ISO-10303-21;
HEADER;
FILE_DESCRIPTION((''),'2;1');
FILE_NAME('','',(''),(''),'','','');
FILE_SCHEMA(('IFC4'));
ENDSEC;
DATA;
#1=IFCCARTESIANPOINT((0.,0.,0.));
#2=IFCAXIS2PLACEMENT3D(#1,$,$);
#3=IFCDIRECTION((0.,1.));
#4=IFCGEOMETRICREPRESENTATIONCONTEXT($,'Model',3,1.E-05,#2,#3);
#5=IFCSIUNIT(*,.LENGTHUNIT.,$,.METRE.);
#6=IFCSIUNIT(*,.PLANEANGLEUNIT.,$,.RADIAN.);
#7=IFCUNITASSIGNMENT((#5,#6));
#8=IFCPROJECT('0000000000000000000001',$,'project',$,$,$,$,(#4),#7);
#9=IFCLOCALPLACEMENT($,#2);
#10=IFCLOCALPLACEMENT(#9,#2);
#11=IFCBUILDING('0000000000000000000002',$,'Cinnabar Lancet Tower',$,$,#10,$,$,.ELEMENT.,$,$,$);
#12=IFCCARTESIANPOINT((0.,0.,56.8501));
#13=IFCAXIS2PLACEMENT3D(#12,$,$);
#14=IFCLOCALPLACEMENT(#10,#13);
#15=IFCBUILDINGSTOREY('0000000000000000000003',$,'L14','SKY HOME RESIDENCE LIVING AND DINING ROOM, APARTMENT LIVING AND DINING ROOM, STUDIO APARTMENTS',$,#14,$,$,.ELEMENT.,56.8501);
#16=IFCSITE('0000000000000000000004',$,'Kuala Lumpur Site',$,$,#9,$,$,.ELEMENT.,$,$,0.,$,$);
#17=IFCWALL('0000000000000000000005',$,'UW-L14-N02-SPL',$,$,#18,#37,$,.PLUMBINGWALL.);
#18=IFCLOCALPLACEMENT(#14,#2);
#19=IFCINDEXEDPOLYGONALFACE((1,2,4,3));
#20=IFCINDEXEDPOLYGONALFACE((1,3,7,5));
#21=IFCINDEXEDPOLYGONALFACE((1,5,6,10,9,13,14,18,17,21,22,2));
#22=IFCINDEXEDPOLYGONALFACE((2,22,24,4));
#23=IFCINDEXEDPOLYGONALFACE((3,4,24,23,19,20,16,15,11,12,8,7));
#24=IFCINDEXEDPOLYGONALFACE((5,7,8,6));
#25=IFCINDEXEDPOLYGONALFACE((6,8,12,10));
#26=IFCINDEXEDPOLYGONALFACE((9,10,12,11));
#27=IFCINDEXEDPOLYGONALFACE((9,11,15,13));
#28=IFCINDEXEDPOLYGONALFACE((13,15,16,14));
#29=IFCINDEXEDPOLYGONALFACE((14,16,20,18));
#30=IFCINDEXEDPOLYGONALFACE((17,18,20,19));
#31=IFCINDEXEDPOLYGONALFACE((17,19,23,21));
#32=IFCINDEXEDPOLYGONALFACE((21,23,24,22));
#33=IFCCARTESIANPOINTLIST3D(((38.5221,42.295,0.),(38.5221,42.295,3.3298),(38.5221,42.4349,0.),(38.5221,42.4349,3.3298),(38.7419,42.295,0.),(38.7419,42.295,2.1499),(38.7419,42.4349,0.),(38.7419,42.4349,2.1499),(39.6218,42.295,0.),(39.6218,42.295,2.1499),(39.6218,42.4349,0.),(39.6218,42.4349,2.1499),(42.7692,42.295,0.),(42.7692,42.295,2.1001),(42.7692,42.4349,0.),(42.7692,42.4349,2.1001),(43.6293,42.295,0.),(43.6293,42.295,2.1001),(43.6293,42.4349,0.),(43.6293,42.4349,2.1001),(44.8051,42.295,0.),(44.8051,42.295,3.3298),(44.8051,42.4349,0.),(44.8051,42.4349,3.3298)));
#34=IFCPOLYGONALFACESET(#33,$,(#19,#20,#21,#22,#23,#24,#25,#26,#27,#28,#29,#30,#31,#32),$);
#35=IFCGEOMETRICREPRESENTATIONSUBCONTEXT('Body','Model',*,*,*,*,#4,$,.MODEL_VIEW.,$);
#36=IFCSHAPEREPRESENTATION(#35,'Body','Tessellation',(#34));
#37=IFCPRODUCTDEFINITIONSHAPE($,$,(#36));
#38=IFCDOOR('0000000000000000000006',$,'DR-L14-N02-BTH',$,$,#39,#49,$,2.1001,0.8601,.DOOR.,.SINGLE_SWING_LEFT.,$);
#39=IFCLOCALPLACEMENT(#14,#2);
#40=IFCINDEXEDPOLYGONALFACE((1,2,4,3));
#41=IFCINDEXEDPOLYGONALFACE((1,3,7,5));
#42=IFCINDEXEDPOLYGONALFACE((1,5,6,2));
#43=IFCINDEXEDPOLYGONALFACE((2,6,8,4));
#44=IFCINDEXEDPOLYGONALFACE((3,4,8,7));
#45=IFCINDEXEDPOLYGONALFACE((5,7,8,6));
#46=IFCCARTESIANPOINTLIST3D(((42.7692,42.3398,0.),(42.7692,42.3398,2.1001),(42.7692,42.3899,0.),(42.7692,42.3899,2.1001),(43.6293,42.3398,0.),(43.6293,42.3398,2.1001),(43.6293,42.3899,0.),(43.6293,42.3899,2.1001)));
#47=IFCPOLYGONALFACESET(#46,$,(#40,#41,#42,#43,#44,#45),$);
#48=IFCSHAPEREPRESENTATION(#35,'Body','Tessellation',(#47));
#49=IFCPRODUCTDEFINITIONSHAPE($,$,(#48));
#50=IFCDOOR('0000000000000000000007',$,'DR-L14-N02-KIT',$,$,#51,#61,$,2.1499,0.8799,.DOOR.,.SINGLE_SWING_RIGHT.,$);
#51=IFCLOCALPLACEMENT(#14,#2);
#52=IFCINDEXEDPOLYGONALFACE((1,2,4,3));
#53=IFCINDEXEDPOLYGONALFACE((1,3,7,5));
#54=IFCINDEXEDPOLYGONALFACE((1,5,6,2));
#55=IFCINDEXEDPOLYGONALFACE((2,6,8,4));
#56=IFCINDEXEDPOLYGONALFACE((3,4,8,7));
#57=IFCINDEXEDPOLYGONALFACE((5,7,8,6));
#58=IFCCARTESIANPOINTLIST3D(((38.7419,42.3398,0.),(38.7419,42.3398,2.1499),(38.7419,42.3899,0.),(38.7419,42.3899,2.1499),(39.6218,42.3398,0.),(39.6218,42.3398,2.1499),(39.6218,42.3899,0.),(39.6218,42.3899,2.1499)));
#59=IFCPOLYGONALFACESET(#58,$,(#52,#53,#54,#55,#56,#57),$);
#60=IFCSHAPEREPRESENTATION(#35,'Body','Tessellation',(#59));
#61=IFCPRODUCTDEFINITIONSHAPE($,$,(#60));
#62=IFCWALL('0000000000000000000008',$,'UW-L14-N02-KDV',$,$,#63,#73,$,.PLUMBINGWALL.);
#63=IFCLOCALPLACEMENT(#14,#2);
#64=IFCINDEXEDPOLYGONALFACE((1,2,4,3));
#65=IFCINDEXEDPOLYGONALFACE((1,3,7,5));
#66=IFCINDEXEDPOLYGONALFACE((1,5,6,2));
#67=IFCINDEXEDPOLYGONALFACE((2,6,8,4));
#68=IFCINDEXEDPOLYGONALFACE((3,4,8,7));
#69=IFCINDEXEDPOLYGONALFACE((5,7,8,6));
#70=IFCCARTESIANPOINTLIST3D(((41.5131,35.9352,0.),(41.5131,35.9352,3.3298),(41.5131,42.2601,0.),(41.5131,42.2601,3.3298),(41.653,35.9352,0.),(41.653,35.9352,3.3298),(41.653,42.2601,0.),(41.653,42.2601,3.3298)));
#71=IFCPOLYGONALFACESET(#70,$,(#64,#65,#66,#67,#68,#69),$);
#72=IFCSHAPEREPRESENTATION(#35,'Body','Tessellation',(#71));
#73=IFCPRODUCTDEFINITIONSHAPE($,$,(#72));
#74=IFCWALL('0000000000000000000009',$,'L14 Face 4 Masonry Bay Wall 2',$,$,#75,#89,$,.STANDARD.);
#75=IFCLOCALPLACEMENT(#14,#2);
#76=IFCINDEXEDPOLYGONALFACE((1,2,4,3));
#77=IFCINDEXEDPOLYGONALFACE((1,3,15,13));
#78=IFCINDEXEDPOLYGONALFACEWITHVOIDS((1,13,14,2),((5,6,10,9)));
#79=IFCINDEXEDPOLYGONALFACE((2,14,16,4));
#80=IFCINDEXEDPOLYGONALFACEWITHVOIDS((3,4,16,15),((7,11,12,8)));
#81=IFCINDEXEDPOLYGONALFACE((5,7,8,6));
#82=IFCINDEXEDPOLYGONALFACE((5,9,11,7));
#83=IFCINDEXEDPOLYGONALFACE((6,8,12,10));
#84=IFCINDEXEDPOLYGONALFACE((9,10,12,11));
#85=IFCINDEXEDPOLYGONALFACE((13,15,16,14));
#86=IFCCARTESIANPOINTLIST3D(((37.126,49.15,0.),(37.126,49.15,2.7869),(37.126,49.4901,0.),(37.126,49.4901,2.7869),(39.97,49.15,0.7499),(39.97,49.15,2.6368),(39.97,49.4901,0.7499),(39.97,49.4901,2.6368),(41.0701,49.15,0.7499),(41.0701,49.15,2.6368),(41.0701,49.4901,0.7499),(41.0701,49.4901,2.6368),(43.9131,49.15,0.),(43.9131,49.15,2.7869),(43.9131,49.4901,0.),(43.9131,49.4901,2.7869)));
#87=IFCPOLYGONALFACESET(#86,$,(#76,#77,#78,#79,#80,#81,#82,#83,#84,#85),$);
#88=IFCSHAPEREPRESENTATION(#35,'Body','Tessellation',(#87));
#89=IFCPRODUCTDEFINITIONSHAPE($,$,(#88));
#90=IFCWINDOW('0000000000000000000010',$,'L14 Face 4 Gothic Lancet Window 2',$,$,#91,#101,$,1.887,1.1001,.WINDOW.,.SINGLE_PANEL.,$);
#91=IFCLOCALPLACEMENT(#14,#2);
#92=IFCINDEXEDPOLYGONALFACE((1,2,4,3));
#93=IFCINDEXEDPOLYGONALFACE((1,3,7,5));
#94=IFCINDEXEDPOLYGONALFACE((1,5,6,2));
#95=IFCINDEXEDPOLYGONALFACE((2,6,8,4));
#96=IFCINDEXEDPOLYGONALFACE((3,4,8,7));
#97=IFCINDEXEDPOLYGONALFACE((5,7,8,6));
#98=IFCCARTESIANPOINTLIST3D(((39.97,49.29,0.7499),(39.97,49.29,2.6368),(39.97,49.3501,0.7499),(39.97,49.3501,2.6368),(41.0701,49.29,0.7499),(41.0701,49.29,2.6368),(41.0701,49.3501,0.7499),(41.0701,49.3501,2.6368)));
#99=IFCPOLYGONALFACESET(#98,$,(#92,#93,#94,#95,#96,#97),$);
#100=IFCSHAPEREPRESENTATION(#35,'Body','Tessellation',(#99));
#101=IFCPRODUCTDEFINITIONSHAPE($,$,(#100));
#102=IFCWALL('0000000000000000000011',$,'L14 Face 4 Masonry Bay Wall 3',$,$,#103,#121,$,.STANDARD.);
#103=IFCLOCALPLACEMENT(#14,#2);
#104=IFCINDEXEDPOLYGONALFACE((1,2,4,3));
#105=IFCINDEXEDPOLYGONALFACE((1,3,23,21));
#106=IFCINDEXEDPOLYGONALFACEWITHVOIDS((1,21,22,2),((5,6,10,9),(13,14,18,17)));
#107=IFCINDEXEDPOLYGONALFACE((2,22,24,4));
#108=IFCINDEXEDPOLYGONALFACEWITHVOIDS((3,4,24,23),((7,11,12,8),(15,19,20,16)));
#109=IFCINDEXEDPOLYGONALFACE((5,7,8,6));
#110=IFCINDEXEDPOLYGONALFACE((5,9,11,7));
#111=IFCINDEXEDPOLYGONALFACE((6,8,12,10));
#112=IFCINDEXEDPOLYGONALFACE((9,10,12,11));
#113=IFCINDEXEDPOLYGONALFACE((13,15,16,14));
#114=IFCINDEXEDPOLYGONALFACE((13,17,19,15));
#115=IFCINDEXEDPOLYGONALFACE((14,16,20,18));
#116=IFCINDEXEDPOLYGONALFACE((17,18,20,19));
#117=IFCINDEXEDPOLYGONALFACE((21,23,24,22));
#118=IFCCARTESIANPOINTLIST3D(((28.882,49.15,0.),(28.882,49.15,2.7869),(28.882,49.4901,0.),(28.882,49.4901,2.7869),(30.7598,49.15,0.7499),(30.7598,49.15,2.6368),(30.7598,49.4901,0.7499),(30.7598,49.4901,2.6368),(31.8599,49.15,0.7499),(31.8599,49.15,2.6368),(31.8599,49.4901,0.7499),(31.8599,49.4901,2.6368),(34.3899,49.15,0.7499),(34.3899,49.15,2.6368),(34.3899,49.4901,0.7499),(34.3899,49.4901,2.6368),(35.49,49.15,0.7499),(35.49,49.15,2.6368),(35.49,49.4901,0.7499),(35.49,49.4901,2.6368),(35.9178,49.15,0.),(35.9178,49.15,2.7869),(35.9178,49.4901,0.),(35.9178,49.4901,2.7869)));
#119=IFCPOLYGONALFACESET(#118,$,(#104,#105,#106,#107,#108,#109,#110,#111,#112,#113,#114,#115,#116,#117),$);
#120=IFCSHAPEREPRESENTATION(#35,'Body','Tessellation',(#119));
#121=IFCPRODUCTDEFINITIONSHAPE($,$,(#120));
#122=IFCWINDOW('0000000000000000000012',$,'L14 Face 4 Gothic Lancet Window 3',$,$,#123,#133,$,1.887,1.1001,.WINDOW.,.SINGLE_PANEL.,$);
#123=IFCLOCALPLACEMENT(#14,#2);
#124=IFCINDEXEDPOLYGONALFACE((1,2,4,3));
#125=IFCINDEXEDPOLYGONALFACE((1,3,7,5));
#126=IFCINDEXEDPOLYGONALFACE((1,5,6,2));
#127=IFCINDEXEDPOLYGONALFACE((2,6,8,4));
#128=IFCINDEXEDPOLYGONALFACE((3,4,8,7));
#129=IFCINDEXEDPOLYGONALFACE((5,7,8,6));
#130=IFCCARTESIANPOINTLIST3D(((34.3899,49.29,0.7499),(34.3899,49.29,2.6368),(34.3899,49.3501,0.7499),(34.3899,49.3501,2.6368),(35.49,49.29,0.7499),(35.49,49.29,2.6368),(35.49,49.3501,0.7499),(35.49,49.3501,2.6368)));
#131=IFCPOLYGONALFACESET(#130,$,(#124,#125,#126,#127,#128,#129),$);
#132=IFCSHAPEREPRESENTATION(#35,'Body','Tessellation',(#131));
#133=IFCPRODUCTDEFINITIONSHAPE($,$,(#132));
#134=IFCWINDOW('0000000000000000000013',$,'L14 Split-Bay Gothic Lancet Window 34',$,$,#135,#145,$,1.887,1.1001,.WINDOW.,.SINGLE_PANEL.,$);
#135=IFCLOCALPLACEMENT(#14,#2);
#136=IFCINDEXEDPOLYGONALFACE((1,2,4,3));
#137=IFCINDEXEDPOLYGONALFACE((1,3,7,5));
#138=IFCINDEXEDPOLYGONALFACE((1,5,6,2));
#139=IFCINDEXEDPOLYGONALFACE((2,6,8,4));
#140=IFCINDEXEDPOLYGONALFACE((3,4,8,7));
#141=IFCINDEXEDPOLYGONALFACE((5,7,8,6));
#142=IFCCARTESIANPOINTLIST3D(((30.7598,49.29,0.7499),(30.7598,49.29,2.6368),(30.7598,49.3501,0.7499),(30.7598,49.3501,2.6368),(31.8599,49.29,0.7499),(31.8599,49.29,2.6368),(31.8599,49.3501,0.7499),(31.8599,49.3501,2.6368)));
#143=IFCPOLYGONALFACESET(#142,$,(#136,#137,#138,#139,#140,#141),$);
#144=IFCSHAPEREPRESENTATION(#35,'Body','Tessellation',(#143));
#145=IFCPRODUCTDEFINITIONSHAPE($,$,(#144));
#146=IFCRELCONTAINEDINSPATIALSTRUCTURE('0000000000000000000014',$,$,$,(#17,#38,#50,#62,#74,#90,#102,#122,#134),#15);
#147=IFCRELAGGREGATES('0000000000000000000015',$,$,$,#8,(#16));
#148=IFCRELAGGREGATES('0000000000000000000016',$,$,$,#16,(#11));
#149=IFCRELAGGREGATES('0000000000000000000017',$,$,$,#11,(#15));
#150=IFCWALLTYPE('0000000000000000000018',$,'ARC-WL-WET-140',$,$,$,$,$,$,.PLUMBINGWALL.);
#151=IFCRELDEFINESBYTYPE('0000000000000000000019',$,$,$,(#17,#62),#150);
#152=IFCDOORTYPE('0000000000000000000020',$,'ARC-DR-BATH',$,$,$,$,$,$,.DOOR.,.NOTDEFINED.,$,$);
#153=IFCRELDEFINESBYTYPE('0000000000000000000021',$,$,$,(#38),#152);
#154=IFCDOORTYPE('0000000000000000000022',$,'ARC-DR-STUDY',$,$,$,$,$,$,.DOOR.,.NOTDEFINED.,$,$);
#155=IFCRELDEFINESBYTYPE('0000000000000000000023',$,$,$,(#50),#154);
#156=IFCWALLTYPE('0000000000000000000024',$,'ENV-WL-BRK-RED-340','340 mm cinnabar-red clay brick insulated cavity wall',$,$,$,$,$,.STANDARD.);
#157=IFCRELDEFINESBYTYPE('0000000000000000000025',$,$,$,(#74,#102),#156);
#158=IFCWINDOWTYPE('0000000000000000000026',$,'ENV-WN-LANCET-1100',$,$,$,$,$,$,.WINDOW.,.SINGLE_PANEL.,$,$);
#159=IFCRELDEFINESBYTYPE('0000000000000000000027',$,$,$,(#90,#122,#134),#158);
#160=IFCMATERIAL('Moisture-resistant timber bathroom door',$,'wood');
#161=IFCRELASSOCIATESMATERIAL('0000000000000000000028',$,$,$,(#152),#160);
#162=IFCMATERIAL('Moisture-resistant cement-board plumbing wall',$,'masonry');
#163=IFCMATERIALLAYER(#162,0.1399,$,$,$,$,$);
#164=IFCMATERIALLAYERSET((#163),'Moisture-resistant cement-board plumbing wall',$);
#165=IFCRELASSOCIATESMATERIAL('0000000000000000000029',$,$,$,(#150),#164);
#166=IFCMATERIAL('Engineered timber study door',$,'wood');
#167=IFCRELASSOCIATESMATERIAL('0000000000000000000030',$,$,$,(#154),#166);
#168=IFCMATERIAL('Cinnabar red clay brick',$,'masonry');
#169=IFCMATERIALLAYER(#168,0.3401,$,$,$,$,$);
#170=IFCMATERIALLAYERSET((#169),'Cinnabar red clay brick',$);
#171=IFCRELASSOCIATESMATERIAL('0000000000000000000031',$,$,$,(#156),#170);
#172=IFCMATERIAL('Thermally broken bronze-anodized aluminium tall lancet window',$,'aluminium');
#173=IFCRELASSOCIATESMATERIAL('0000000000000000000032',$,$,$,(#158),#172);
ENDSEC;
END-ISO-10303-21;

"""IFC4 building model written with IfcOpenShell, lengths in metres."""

from ifc_helpers import new_model, si_unit, direction, frame, frame_2d, origin, place, context, subcontext, project, spatial, rectangle, extrude, material, layer, layer_set, type_object, element, fill, save


model = new_model("IFC4")

# Units and contexts
model_context = context("Model", 3, precision=1e-05, world=origin(), true_north=direction((0.0, 1.0)))
body_context = subcontext(model_context, "Body", "Model", "MODEL_VIEW")
ifc_project = project(units=[si_unit("LENGTHUNIT", "METRE"), si_unit("PLANEANGLEUNIT", "RADIAN")], contexts=[model_context])

# Site, building, storey
site_placement = place(None, origin())
site = spatial("IfcSite", under=ifc_project, at=site_placement, Name="Kuala Lumpur Site", CompositionType="ELEMENT", RefElevation=0.0)
building_placement = place(site_placement, origin())
building = spatial("IfcBuilding", under=site, at=building_placement, Name="Cinnabar Lancet Tower", CompositionType="ELEMENT")
storey_placement = place(building_placement, frame((0.0, 0.0, 56.8501)))
storey = spatial("IfcBuildingStorey", under=building, at=storey_placement, Name="L14", Description="SKY HOME RESIDENCE LIVING AND DINING ROOM, APARTMENT LIVING AND DINING ROOM, STUDIO APARTMENTS", CompositionType="ELEMENT", Elevation=56.8501)

# Shared definitions
ifc_material_1 = material(Name="Moisture-resistant timber bathroom door", Category="wood")
door_type_1 = type_object("IfcDoorType", Name="ARC-DR-BATH", OperationType="NOTDEFINED", PredefinedType="DOOR", material=ifc_material_1)

# Shared definitions
ifc_material_2 = material(Name="Moisture-resistant cement-board plumbing wall", Category="masonry")
ifc_layer_1 = layer(ifc_material_2, 0.1399)
ifc_layer_set_1 = layer_set([ifc_layer_1], Name="Moisture-resistant cement-board plumbing wall")
wall_type_1 = type_object("IfcWallType", Name="ARC-WL-WET-140", PredefinedType="PLUMBINGWALL", material=ifc_layer_set_1)

# Wall, openings, doors
wall_1_placement = place(storey_placement, frame((38.522, 42.365, 0.0), z_axis=(0.0, 0.0, 1.0), x_axis=(1.0, 0.0, 0.0)))
wall_1 = element("IfcWall", 1, at=wall_1_placement, inside=storey, type_object=wall_type_1, Name="UW-L14-N02-SPL", PredefinedType="PLUMBINGWALL", context=body_context, shape_type="SweptSolid", body=[
    extrude(rectangle(XDim=6.283, YDim=0.1399, at=frame_2d((3.1416, 0.0))), origin(), (0.0, 0.0, 1.0), 3.3298),
])
opening_1_placement = place(wall_1_placement, frame((4.2471, 0.0, 0.0)))
opening_1 = element("IfcOpeningElement", 2, at=opening_1_placement, cuts=wall_1, PredefinedType="OPENING", context=body_context, shape_type="SweptSolid", body=[
    extrude(rectangle(XDim=0.8601, YDim=2.1001, at=frame_2d((0.4302, 1.05))), frame((0.0, 0.0798, 0.0), z_axis=(0.0, -1.0, 0.0), x_axis=(1.0, 0.0, 0.0)), (0.0, 0.0, 1.0), 0.1599),
])
opening_2_placement = place(wall_1_placement, frame((0.22, 0.0, 0.0)))
opening_2 = element("IfcOpeningElement", 3, at=opening_2_placement, cuts=wall_1, PredefinedType="OPENING", context=body_context, shape_type="SweptSolid", body=[
    extrude(rectangle(XDim=0.8799, YDim=2.1499, at=frame_2d((0.4399, 1.075))), frame((0.0, 0.0798, 0.0), z_axis=(0.0, -1.0, 0.0), x_axis=(1.0, 0.0, 0.0)), (0.0, 0.0, 1.0), 0.1599),
])
door_1_placement = place(opening_1_placement, origin())
door_1 = element("IfcDoor", 4, at=door_1_placement, inside=storey, type_object=door_type_1, Name="DR-L14-N02-BTH", OperationType="SINGLE_SWING_LEFT", OverallHeight=2.1001, OverallWidth=0.8601, PredefinedType="DOOR", context=body_context, shape_type="SweptSolid", body=[
    extrude(rectangle(XDim=0.8601, YDim=2.1001, at=frame_2d((0.4302, 1.05))), frame((0.0, 0.0249, 0.0), z_axis=(0.0, -1.0, 0.0), x_axis=(1.0, 0.0, 0.0)), (0.0, 0.0, 1.0), 0.05),
])
fill(opening_1, door_1)
ifc_material_3 = material(Name="Engineered timber study door", Category="wood")
door_type_2 = type_object("IfcDoorType", Name="ARC-DR-STUDY", OperationType="NOTDEFINED", PredefinedType="DOOR", material=ifc_material_3)
door_2_placement = place(opening_2_placement, origin())
door_2 = element("IfcDoor", 5, at=door_2_placement, inside=storey, type_object=door_type_2, Name="DR-L14-N02-KIT", OperationType="SINGLE_SWING_RIGHT", OverallHeight=2.1499, OverallWidth=0.8799, PredefinedType="DOOR", context=body_context, shape_type="SweptSolid", body=[
    extrude(rectangle(XDim=0.8799, YDim=2.1499, at=frame_2d((0.4399, 1.075))), frame((0.0, 0.0249, 0.0), z_axis=(0.0, -1.0, 0.0), x_axis=(1.0, 0.0, 0.0)), (0.0, 0.0, 1.0), 0.05),
])
fill(opening_2, door_2)

# Wall
wall_2_placement = place(storey_placement, frame((41.583, 35.9351, 0.0), z_axis=(0.0, 0.0, 1.0), x_axis=(0.0, 1.0, 0.0)))
element("IfcWall", 6, at=wall_2_placement, inside=storey, type_object=wall_type_1, Name="UW-L14-N02-KDV", PredefinedType="PLUMBINGWALL", context=body_context, shape_type="SweptSolid", body=[
    extrude(rectangle(XDim=6.325, YDim=0.1399, at=frame_2d((3.1626, 0.0))), origin(), (0.0, 0.0, 1.0), 3.3298),
])

# Wall, opening, window
ifc_material_4 = material(Name="Cinnabar red clay brick", Category="masonry")
ifc_layer_2 = layer(ifc_material_4, 0.3401)
ifc_layer_set_2 = layer_set([ifc_layer_2], Name="Cinnabar red clay brick")
wall_type_2 = type_object("IfcWallType", Name="ENV-WL-BRK-RED-340", Description="340 mm cinnabar-red clay brick insulated cavity wall", PredefinedType="STANDARD", material=ifc_layer_set_2)
wall_3_placement = place(storey_placement, frame((43.9131, 49.3201, 0.0), z_axis=(0.0, 0.0, 1.0), x_axis=(-1.0, 0.0, 0.0)))
wall_3 = element("IfcWall", 7, at=wall_3_placement, inside=storey, type_object=wall_type_2, Name="L14 Face 4 Masonry Bay Wall 2", PredefinedType="STANDARD", context=body_context, shape_type="SweptSolid", body=[
    extrude(rectangle(XDim=6.7871, YDim=0.3401, at=frame_2d((3.3936, 0.0))), origin(), (0.0, 0.0, 1.0), 2.7869),
])
opening_3_placement = place(wall_3_placement, frame((2.843, 0.0, 0.75)))
opening_3 = element("IfcOpeningElement", 8, at=opening_3_placement, cuts=wall_3, PredefinedType="OPENING", context=body_context, shape_type="SweptSolid", body=[
    extrude(rectangle(XDim=1.1001, YDim=1.887, at=frame_2d((0.55, 0.9434))), frame((0.0, 0.1799, 0.0), z_axis=(0.0, -1.0, 0.0), x_axis=(1.0, 0.0, 0.0)), (0.0, 0.0, 1.0), 0.3601),
])
ifc_material_5 = material(Name="Thermally broken bronze-anodized aluminium tall lancet window", Category="aluminium")
window_type = type_object("IfcWindowType", Name="ENV-WN-LANCET-1100", PartitioningType="SINGLE_PANEL", PredefinedType="WINDOW", material=ifc_material_5)
window_1_placement = place(opening_3_placement, origin())
window_1 = element("IfcWindow", 9, at=window_1_placement, inside=storey, type_object=window_type, Name="L14 Face 4 Gothic Lancet Window 2", OverallHeight=1.887, OverallWidth=1.1001, PartitioningType="SINGLE_PANEL", PredefinedType="WINDOW", context=body_context, shape_type="SweptSolid", body=[
    extrude(rectangle(XDim=1.1001, YDim=1.887, at=frame_2d((0.55, 0.9434))), frame((0.0, 0.03, 0.0), z_axis=(0.0, -1.0, 0.0), x_axis=(1.0, 0.0, 0.0)), (0.0, 0.0, 1.0), 0.0601),
])
fill(opening_3, window_1)

# Wall, openings, windows
wall_4_placement = place(storey_placement, frame((35.918, 49.3201, 0.0), z_axis=(0.0, 0.0, 1.0), x_axis=(-1.0, 0.0, 0.0)))
wall_4 = element("IfcWall", 10, at=wall_4_placement, inside=storey, type_object=wall_type_2, Name="L14 Face 4 Masonry Bay Wall 3", PredefinedType="STANDARD", context=body_context, shape_type="SweptSolid", body=[
    extrude(rectangle(XDim=7.0359, YDim=0.3401, at=frame_2d((3.5181, 0.0))), origin(), (0.0, 0.0, 1.0), 2.7869),
])
opening_4_placement = place(wall_4_placement, frame((0.428, 0.0, 0.75)))
opening_4 = element("IfcOpeningElement", 11, at=opening_4_placement, cuts=wall_4, PredefinedType="OPENING", context=body_context, shape_type="SweptSolid", body=[
    extrude(rectangle(XDim=1.1001, YDim=1.887, at=frame_2d((0.55, 0.9434))), frame((0.0, 0.1799, 0.0), z_axis=(0.0, -1.0, 0.0), x_axis=(1.0, 0.0, 0.0)), (0.0, 0.0, 1.0), 0.3601),
])
opening_5_placement = place(wall_4_placement, frame((4.0581, 0.0, 0.75)))
opening_5 = element("IfcOpeningElement", 12, at=opening_5_placement, cuts=wall_4, PredefinedType="OPENING", context=body_context, shape_type="SweptSolid", body=[
    extrude(rectangle(XDim=1.1001, YDim=1.887, at=frame_2d((0.55, 0.9434))), frame((0.0, 0.1799, 0.0), z_axis=(0.0, -1.0, 0.0), x_axis=(1.0, 0.0, 0.0)), (0.0, 0.0, 1.0), 0.3601),
])
window_2_placement = place(opening_4_placement, origin())
window_2 = element("IfcWindow", 13, at=window_2_placement, inside=storey, type_object=window_type, Name="L14 Face 4 Gothic Lancet Window 3", OverallHeight=1.887, OverallWidth=1.1001, PartitioningType="SINGLE_PANEL", PredefinedType="WINDOW", context=body_context, shape_type="SweptSolid", body=[
    extrude(rectangle(XDim=1.1001, YDim=1.887, at=frame_2d((0.55, 0.9434))), frame((0.0, 0.03, 0.0), z_axis=(0.0, -1.0, 0.0), x_axis=(1.0, 0.0, 0.0)), (0.0, 0.0, 1.0), 0.0601),
])
fill(opening_4, window_2)
window_3_placement = place(opening_5_placement, origin())
window_3 = element("IfcWindow", 14, at=window_3_placement, inside=storey, type_object=window_type, Name="L14 Split-Bay Gothic Lancet Window 34", OverallHeight=1.887, OverallWidth=1.1001, PartitioningType="SINGLE_PANEL", PredefinedType="WINDOW", context=body_context, shape_type="SweptSolid", body=[
    extrude(rectangle(XDim=1.1001, YDim=1.887, at=frame_2d((0.55, 0.9434))), frame((0.0, 0.03, 0.0), z_axis=(0.0, -1.0, 0.0), x_axis=(1.0, 0.0, 0.0)), (0.0, 0.0, 1.0), 0.0601),
])
fill(opening_5, window_3)

save(model, "model.ifc")
